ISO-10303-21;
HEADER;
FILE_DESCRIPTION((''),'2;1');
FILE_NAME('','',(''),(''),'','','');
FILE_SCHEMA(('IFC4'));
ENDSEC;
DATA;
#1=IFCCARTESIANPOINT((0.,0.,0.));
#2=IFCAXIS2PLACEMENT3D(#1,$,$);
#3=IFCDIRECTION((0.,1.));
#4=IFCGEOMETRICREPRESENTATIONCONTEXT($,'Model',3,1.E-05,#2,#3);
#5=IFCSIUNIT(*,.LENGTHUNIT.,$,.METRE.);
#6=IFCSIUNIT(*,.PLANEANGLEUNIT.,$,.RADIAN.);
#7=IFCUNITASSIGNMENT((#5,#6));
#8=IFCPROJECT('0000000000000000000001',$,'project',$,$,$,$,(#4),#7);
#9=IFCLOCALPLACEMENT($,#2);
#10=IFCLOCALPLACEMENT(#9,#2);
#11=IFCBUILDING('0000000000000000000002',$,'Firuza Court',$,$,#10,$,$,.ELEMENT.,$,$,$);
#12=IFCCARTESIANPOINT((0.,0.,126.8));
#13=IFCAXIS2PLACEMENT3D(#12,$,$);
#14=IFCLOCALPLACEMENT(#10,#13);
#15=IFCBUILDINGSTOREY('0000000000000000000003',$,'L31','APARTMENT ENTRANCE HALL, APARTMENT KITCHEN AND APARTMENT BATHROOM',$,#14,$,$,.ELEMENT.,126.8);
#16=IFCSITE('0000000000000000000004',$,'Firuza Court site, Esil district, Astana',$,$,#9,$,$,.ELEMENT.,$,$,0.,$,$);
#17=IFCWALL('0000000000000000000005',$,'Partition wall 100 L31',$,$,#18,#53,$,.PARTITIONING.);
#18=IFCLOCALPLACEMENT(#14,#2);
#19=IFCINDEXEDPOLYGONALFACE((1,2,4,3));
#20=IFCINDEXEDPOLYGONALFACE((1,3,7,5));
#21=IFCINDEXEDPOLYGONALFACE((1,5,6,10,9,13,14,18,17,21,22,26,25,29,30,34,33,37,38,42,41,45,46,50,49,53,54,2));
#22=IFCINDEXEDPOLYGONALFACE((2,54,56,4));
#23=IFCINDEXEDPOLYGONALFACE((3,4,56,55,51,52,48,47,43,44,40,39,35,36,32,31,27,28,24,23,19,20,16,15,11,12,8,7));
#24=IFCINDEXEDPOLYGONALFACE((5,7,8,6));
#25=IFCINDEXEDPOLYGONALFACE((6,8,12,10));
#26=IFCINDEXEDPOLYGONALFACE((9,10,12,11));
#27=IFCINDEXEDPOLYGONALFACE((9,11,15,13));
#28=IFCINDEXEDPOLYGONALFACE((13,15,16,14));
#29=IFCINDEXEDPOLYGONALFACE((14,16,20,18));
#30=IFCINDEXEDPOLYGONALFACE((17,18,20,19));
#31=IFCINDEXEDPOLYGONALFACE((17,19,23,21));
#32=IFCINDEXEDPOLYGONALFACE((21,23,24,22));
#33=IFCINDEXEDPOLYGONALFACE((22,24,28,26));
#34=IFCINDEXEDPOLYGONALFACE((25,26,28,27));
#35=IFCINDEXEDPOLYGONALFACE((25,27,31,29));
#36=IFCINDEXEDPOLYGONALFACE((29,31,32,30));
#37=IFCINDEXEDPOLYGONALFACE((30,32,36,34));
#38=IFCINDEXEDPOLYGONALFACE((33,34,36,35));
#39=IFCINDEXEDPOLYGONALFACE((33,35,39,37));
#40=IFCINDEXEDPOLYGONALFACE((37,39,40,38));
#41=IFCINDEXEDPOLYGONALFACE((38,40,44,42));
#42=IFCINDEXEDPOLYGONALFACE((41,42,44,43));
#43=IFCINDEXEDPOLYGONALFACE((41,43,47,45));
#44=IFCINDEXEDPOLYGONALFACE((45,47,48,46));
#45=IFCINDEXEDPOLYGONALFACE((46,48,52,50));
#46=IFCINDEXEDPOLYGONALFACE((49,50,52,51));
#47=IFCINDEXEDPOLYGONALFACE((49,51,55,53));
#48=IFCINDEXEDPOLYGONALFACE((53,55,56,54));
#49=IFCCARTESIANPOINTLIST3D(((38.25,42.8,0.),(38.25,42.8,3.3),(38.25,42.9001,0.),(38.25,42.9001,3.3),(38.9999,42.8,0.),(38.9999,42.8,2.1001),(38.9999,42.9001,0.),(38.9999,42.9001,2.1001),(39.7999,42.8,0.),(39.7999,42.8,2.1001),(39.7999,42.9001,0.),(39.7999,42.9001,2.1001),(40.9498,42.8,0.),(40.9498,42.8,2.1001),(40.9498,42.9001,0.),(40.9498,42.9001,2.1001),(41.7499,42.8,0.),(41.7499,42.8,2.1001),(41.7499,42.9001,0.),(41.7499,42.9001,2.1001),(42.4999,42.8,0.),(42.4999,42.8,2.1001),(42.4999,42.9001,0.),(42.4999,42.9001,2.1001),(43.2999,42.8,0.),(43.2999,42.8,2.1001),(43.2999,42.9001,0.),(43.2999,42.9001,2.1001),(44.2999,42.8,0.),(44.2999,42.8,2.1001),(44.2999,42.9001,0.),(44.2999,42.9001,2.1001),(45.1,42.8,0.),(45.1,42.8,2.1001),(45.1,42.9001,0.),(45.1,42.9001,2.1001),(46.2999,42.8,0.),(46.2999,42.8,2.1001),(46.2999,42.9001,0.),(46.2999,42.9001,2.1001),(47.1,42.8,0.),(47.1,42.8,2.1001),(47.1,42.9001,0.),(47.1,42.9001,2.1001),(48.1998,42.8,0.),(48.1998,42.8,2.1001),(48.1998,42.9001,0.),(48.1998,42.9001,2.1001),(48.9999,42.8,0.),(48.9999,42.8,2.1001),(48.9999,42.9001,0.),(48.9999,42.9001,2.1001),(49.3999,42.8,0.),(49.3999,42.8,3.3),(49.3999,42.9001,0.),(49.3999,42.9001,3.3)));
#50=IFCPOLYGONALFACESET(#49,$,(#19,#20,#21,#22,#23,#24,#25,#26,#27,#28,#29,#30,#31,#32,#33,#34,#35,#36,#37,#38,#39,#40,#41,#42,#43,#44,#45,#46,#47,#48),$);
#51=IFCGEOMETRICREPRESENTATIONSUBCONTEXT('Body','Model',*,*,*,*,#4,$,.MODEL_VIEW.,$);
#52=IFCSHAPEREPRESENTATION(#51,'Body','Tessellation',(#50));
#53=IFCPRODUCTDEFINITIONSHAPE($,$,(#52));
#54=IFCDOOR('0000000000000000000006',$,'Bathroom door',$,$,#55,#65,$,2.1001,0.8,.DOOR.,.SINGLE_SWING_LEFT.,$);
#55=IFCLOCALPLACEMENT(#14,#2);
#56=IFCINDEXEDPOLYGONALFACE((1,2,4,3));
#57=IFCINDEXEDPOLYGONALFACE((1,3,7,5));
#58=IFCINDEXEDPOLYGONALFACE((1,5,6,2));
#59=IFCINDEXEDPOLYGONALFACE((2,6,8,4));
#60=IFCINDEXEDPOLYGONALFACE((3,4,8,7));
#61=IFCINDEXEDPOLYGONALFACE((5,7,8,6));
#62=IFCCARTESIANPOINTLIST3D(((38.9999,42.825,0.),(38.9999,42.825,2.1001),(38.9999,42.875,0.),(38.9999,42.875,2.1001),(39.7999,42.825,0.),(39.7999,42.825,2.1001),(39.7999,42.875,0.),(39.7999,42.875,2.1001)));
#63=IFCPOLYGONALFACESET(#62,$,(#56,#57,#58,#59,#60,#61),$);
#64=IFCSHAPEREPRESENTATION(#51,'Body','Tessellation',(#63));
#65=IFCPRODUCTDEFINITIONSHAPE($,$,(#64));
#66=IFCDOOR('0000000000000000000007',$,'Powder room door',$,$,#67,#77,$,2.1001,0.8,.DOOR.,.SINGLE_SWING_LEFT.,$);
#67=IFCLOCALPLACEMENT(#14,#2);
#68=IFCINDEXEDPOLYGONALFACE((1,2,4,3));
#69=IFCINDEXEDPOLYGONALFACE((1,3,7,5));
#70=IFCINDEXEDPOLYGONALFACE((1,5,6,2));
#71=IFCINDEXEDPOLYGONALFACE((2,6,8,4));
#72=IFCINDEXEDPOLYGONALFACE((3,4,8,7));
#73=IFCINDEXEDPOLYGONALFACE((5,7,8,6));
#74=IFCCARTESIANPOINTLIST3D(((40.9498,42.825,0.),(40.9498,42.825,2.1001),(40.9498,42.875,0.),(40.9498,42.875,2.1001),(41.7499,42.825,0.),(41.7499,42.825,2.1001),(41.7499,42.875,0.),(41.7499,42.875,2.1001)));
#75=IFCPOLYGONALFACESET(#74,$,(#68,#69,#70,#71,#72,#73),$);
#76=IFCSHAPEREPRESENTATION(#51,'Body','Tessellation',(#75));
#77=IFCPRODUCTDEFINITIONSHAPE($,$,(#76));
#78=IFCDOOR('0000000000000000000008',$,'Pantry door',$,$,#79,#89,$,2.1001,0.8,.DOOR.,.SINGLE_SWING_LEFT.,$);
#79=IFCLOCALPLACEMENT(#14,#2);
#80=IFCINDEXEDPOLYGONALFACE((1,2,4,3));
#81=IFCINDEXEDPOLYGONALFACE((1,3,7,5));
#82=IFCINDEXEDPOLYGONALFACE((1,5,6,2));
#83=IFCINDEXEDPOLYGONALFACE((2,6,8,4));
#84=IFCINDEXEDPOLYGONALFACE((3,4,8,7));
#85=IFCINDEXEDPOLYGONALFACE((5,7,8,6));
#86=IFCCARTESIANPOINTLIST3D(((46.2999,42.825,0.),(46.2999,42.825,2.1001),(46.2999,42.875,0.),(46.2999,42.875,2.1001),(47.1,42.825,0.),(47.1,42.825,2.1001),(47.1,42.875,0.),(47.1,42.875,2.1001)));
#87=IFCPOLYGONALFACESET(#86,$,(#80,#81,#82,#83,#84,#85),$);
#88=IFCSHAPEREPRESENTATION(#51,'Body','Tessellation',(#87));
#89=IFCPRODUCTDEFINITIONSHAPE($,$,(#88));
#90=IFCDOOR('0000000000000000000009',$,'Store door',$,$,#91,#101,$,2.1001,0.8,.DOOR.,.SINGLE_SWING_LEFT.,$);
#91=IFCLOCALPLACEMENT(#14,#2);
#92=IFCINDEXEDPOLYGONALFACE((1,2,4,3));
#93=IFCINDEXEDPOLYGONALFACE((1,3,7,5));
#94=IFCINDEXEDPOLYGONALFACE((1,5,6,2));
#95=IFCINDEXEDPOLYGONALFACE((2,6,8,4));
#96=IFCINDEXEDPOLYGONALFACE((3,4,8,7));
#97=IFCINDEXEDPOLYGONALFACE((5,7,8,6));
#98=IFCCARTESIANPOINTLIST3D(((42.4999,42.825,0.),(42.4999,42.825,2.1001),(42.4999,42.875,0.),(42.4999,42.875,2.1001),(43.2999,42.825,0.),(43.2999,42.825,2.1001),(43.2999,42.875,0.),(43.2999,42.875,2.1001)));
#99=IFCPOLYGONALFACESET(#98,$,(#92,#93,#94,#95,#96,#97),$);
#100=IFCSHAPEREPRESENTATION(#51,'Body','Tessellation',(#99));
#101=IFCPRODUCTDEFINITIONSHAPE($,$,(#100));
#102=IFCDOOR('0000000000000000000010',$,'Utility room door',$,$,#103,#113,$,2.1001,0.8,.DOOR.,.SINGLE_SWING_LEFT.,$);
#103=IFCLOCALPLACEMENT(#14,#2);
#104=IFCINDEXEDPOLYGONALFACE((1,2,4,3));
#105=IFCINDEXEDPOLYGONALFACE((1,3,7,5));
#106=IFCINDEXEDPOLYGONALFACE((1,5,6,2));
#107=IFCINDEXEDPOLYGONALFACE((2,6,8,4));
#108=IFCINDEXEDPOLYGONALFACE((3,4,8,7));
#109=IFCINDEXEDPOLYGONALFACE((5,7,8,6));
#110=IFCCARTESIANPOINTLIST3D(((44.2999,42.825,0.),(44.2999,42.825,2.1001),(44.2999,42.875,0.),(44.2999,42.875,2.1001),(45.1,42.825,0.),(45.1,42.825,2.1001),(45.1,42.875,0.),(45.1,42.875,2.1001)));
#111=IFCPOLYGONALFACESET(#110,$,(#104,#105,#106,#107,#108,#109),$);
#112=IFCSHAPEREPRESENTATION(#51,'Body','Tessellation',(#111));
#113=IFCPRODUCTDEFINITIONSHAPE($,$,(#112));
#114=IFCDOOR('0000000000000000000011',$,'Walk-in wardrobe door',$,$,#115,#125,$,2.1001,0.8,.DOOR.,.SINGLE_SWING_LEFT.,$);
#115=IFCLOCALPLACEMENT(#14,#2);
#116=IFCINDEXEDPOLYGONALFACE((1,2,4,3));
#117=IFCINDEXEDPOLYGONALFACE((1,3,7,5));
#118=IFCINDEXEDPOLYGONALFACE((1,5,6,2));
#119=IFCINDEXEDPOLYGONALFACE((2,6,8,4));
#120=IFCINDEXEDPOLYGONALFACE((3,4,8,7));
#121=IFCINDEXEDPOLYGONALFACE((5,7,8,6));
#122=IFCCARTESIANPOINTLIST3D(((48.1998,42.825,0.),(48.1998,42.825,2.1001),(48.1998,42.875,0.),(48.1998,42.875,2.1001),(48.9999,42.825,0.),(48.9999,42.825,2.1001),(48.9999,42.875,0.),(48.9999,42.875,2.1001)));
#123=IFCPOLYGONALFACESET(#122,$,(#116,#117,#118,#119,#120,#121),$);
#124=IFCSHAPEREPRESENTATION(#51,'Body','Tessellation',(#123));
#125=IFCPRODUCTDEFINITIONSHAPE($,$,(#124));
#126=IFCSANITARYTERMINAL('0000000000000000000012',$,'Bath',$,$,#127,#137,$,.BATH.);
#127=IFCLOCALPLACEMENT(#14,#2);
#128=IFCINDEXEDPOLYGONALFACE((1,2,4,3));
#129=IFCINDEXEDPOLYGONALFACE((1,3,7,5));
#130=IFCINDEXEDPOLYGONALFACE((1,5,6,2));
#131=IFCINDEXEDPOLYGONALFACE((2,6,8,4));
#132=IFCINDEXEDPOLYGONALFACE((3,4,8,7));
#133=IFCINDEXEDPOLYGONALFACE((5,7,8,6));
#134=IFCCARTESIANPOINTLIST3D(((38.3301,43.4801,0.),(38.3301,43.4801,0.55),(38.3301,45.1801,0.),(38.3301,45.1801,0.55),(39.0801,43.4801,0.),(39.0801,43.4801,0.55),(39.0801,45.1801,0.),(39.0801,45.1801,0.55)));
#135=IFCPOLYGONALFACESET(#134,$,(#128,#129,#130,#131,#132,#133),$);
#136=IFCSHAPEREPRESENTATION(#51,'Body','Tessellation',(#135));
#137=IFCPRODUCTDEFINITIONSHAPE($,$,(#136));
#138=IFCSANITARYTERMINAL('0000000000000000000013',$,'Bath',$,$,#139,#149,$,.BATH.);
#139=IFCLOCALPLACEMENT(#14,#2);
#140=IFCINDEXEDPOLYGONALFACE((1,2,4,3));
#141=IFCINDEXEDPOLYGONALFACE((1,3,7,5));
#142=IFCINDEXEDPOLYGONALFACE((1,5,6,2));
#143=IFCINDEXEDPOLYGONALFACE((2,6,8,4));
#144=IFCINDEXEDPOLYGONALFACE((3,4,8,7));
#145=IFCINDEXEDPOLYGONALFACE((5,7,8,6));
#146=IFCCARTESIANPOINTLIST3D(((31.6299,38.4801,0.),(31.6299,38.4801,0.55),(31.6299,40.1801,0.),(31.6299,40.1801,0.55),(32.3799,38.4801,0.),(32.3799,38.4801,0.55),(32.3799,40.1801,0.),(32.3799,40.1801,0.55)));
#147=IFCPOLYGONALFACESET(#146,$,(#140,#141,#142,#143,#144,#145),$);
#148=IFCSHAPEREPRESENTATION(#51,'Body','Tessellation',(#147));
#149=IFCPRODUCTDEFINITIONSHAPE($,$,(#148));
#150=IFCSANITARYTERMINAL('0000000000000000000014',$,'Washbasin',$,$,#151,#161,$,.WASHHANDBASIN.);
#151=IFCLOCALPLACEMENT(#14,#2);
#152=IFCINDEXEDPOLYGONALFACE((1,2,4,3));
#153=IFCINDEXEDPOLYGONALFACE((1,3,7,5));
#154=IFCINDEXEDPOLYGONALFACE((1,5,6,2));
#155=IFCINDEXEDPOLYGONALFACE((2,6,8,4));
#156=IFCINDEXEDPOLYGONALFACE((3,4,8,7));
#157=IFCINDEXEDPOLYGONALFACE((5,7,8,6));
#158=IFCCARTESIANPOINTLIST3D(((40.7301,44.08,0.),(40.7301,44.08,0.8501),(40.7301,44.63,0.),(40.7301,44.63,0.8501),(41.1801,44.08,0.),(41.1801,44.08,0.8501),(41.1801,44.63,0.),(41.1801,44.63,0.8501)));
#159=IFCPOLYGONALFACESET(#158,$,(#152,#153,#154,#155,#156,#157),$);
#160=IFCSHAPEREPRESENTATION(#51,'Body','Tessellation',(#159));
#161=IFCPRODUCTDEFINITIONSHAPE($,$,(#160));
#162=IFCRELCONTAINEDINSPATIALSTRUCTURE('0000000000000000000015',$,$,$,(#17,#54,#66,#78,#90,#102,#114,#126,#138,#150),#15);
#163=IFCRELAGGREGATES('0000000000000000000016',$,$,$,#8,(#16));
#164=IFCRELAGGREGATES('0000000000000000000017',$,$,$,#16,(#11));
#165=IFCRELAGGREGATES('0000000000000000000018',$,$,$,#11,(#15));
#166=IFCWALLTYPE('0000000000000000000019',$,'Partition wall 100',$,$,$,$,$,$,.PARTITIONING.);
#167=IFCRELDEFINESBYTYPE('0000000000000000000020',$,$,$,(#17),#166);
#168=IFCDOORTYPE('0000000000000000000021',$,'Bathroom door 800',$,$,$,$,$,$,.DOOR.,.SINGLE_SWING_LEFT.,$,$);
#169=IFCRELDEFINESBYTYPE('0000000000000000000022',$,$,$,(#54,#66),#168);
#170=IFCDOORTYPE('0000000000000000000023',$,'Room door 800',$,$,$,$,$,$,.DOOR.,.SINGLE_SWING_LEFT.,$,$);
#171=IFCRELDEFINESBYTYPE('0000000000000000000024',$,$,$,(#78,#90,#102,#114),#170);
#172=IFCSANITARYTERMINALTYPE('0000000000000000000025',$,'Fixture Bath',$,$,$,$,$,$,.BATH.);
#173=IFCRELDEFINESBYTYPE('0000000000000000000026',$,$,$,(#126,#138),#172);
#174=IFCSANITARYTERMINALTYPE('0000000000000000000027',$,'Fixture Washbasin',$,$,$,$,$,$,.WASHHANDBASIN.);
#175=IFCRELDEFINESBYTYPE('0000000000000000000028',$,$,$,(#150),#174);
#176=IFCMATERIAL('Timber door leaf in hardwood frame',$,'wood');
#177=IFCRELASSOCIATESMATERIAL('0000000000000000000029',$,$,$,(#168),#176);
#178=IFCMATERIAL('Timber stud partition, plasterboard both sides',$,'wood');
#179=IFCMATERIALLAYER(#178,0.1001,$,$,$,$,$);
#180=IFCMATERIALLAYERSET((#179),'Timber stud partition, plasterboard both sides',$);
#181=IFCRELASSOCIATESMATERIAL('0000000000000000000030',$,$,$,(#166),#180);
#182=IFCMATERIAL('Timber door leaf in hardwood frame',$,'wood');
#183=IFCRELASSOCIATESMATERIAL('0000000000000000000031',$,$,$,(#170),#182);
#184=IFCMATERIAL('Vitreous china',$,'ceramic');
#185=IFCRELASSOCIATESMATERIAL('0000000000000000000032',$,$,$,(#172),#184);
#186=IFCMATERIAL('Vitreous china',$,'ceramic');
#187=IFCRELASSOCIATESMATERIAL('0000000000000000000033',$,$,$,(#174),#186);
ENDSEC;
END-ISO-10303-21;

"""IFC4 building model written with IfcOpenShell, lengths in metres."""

from ifc_helpers import new_model, si_unit, direction, frame, frame_2d, origin, origin_2d, place, context, subcontext, project, spatial, rectangle, extrude, material, layer, layer_set, type_object, element, fill, save


model = new_model("IFC4")

# Units and contexts
model_context = context("Model", 3, precision=1e-05, world=origin(), true_north=direction((0.0, 1.0)))
body_context = subcontext(model_context, "Body", "Model", "MODEL_VIEW")
ifc_project = project(units=[si_unit("LENGTHUNIT", "METRE"), si_unit("PLANEANGLEUNIT", "RADIAN")], contexts=[model_context])

# Site, building, storey
site_placement = place(None, origin())
site = spatial("IfcSite", under=ifc_project, at=site_placement, Name="Firuza Court site, Esil district, Astana", CompositionType="ELEMENT", RefElevation=0.0)
building_placement = place(site_placement, origin())
building = spatial("IfcBuilding", under=site, at=building_placement, Name="Firuza Court", CompositionType="ELEMENT")
storey_placement = place(building_placement, frame((0.0, 0.0, 126.8)))
storey = spatial("IfcBuildingStorey", under=building, at=storey_placement, Name="L31", Description="APARTMENT ENTRANCE HALL, APARTMENT KITCHEN AND APARTMENT BATHROOM", CompositionType="ELEMENT", Elevation=126.8)

# Shared definitions
ifc_material_1 = material(Name="Timber door leaf in hardwood frame", Category="wood")
door_type_1 = type_object("IfcDoorType", Name="Bathroom door 800", OperationType="SINGLE_SWING_LEFT", PredefinedType="DOOR", material=ifc_material_1)

# Shared definitions
ifc_material_2 = material(Name="Timber stud partition, plasterboard both sides", Category="wood")
ifc_layer_1 = layer(ifc_material_2, 0.1001)
ifc_layer_set_1 = layer_set([ifc_layer_1], Name="Timber stud partition, plasterboard both sides")
wall_type_1 = type_object("IfcWallType", Name="Partition wall 100", PredefinedType="PARTITIONING", material=ifc_layer_set_1)

# Wall, openings, doors
wall_1_placement = place(storey_placement, frame((38.25, 42.8501, 0.0), z_axis=(0.0, 0.0, 1.0), x_axis=(1.0, 0.0, 0.0)))
wall_1 = element("IfcWall", 1, at=wall_1_placement, inside=storey, type_object=wall_type_1, Name="Partition wall 100 L31", PredefinedType="PARTITIONING", context=body_context, shape_type="SweptSolid", body=[
    extrude(rectangle(XDim=11.1499, YDim=0.1001, at=frame_2d((5.575, 0.0))), origin(), (0.0, 0.0, 1.0), 3.3),
])
opening_1_placement = place(wall_1_placement, frame((0.75, 0.0, 0.0)))
opening_1 = element("IfcOpeningElement", 2, at=opening_1_placement, cuts=wall_1, PredefinedType="OPENING", context=body_context, shape_type="SweptSolid", body=[
    extrude(rectangle(XDim=0.8, YDim=2.1001, at=frame_2d((0.3999, 1.05))), frame((0.0, 0.062, 0.0), z_axis=(0.0, -1.0, 0.0), x_axis=(1.0, 0.0, 0.0)), (0.0, 0.0, 1.0), 0.124),
])
opening_2_placement = place(wall_1_placement, frame((8.05, 0.0, 0.0)))
opening_2 = element("IfcOpeningElement", 3, at=opening_2_placement, cuts=wall_1, PredefinedType="OPENING", context=body_context, shape_type="SweptSolid", body=[
    extrude(rectangle(XDim=0.8, YDim=2.1001, at=frame_2d((0.3999, 1.05))), frame((0.0, 0.062, 0.0), z_axis=(0.0, -1.0, 0.0), x_axis=(1.0, 0.0, 0.0)), (0.0, 0.0, 1.0), 0.124),
])
opening_3_placement = place(wall_1_placement, frame((4.25, 0.0, 0.0)))
opening_3 = element("IfcOpeningElement", 4, at=opening_3_placement, cuts=wall_1, PredefinedType="OPENING", context=body_context, shape_type="SweptSolid", body=[
    extrude(rectangle(XDim=0.8, YDim=2.1001, at=frame_2d((0.3999, 1.05))), frame((0.0, 0.062, 0.0), z_axis=(0.0, -1.0, 0.0), x_axis=(1.0, 0.0, 0.0)), (0.0, 0.0, 1.0), 0.124),
])
opening_4_placement = place(wall_1_placement, frame((6.05, 0.0, 0.0)))
opening_4 = element("IfcOpeningElement", 5, at=opening_4_placement, cuts=wall_1, PredefinedType="OPENING", context=body_context, shape_type="SweptSolid", body=[
    extrude(rectangle(XDim=0.8, YDim=2.1001, at=frame_2d((0.3999, 1.05))), frame((0.0, 0.062, 0.0), z_axis=(0.0, -1.0, 0.0), x_axis=(1.0, 0.0, 0.0)), (0.0, 0.0, 1.0), 0.124),
])
opening_5_placement = place(wall_1_placement, frame((9.95, 0.0, 0.0)))
opening_5 = element("IfcOpeningElement", 6, at=opening_5_placement, cuts=wall_1, PredefinedType="OPENING", context=body_context, shape_type="SweptSolid", body=[
    extrude(rectangle(XDim=0.8, YDim=2.1001, at=frame_2d((0.3999, 1.05))), frame((0.0, 0.062, 0.0), z_axis=(0.0, -1.0, 0.0), x_axis=(1.0, 0.0, 0.0)), (0.0, 0.0, 1.0), 0.124),
])
opening_6_placement = place(wall_1_placement, frame((2.7, 0.0, 0.0)))
opening_6 = element("IfcOpeningElement", 7, at=opening_6_placement, cuts=wall_1, PredefinedType="OPENING", context=body_context, shape_type="SweptSolid", body=[
    extrude(rectangle(XDim=0.8, YDim=2.1001, at=frame_2d((0.3999, 1.05))), frame((0.0, 0.062, 0.0), z_axis=(0.0, -1.0, 0.0), x_axis=(1.0, 0.0, 0.0)), (0.0, 0.0, 1.0), 0.124),
])
door_1_placement = place(opening_1_placement, origin())
door_1 = element("IfcDoor", 8, at=door_1_placement, inside=storey, type_object=door_type_1, Name="Bathroom door", OperationType="SINGLE_SWING_LEFT", OverallHeight=2.1001, OverallWidth=0.8, PredefinedType="DOOR", context=body_context, shape_type="SweptSolid", body=[
    extrude(rectangle(XDim=0.8, YDim=2.1001, at=frame_2d((0.3999, 1.05))), frame((0.0, 0.0249, 0.0), z_axis=(0.0, -1.0, 0.0), x_axis=(1.0, 0.0, 0.0)), (0.0, 0.0, 1.0), 0.05),
])
fill(opening_1, door_1)
door_2_placement = place(opening_6_placement, origin())
door_2 = element("IfcDoor", 9, at=door_2_placement, inside=storey, type_object=door_type_1, Name="Powder room door", OperationType="SINGLE_SWING_LEFT", OverallHeight=2.1001, OverallWidth=0.8, PredefinedType="DOOR", context=body_context, shape_type="SweptSolid", body=[
    extrude(rectangle(XDim=0.8, YDim=2.1001, at=frame_2d((0.3999, 1.05))), frame((0.0, 0.0249, 0.0), z_axis=(0.0, -1.0, 0.0), x_axis=(1.0, 0.0, 0.0)), (0.0, 0.0, 1.0), 0.05),
])
fill(opening_6, door_2)
ifc_material_3 = material(Name="Timber door leaf in hardwood frame", Category="wood")
door_type_2 = type_object("IfcDoorType", Name="Room door 800", OperationType="SINGLE_SWING_LEFT", PredefinedType="DOOR", material=ifc_material_3)
door_3_placement = place(opening_2_placement, origin())
door_3 = element("IfcDoor", 10, at=door_3_placement, inside=storey, type_object=door_type_2, Name="Pantry door", OperationType="SINGLE_SWING_LEFT", OverallHeight=2.1001, OverallWidth=0.8, PredefinedType="DOOR", context=body_context, shape_type="SweptSolid", body=[
    extrude(rectangle(XDim=0.8, YDim=2.1001, at=frame_2d((0.3999, 1.05))), frame((0.0, 0.0249, 0.0), z_axis=(0.0, -1.0, 0.0), x_axis=(1.0, 0.0, 0.0)), (0.0, 0.0, 1.0), 0.05),
])
fill(opening_2, door_3)
door_4_placement = place(opening_3_placement, origin())
door_4 = element("IfcDoor", 11, at=door_4_placement, inside=storey, type_object=door_type_2, Name="Store door", OperationType="SINGLE_SWING_LEFT", OverallHeight=2.1001, OverallWidth=0.8, PredefinedType="DOOR", context=body_context, shape_type="SweptSolid", body=[
    extrude(rectangle(XDim=0.8, YDim=2.1001, at=frame_2d((0.3999, 1.05))), frame((0.0, 0.0249, 0.0), z_axis=(0.0, -1.0, 0.0), x_axis=(1.0, 0.0, 0.0)), (0.0, 0.0, 1.0), 0.05),
])
fill(opening_3, door_4)
door_5_placement = place(opening_4_placement, origin())
door_5 = element("IfcDoor", 12, at=door_5_placement, inside=storey, type_object=door_type_2, Name="Utility room door", OperationType="SINGLE_SWING_LEFT", OverallHeight=2.1001, OverallWidth=0.8, PredefinedType="DOOR", context=body_context, shape_type="SweptSolid", body=[
    extrude(rectangle(XDim=0.8, YDim=2.1001, at=frame_2d((0.3999, 1.05))), frame((0.0, 0.0249, 0.0), z_axis=(0.0, -1.0, 0.0), x_axis=(1.0, 0.0, 0.0)), (0.0, 0.0, 1.0), 0.05),
])
fill(opening_4, door_5)
door_6_placement = place(opening_5_placement, origin())
door_6 = element("IfcDoor", 13, at=door_6_placement, inside=storey, type_object=door_type_2, Name="Walk-in wardrobe door", OperationType="SINGLE_SWING_LEFT", OverallHeight=2.1001, OverallWidth=0.8, PredefinedType="DOOR", context=body_context, shape_type="SweptSolid", body=[
    extrude(rectangle(XDim=0.8, YDim=2.1001, at=frame_2d((0.3999, 1.05))), frame((0.0, 0.0249, 0.0), z_axis=(0.0, -1.0, 0.0), x_axis=(1.0, 0.0, 0.0)), (0.0, 0.0, 1.0), 0.05),
])
fill(opening_5, door_6)

# Sanitary terminals
ifc_material_4 = material(Name="Vitreous china", Category="ceramic")
sanitary_terminal_type_1 = type_object("IfcSanitaryTerminalType", Name="Fixture Bath", PredefinedType="BATH", material=ifc_material_4)
for number, where, z_axis, x_axis, name in (
    (14, (38.7051, 44.3301, 0.0), (0.0, 0.0, 1.0), (1.0, 0.0, 0.0), "Bath"),
    (15, (32.0049, 39.3301, 0.0), (0.0, 0.0, 1.0), (1.0, 0.0, 0.0), "Bath"),
):
    element("IfcSanitaryTerminal", number, at=place(storey_placement, frame(where, z_axis=z_axis, x_axis=x_axis)), inside=storey, type_object=sanitary_terminal_type_1, Name=name, PredefinedType="BATH", context=body_context, shape_type="SweptSolid", body=[
        extrude(rectangle(XDim=0.75, YDim=1.7, at=origin_2d()), origin(), (0.0, 0.0, 1.0), 0.55),
    ])
ifc_material_5 = material(Name="Vitreous china", Category="ceramic")
sanitary_terminal_type_2 = type_object("IfcSanitaryTerminalType", Name="Fixture Washbasin", PredefinedType="WASHHANDBASIN", material=ifc_material_5)
sanitary_terminal_1_placement = place(storey_placement, frame((40.9551, 44.355, 0.0), z_axis=(0.0, 0.0, 1.0), x_axis=(1.0, 0.0, 0.0)))
element("IfcSanitaryTerminal", 16, at=sanitary_terminal_1_placement, inside=storey, type_object=sanitary_terminal_type_2, Name="Washbasin", PredefinedType="WASHHANDBASIN", context=body_context, shape_type="SweptSolid", body=[
    extrude(rectangle(XDim=0.45, YDim=0.55, at=origin_2d()), origin(), (0.0, 0.0, 1.0), 0.8501),
])

save(model, "model.ifc")
